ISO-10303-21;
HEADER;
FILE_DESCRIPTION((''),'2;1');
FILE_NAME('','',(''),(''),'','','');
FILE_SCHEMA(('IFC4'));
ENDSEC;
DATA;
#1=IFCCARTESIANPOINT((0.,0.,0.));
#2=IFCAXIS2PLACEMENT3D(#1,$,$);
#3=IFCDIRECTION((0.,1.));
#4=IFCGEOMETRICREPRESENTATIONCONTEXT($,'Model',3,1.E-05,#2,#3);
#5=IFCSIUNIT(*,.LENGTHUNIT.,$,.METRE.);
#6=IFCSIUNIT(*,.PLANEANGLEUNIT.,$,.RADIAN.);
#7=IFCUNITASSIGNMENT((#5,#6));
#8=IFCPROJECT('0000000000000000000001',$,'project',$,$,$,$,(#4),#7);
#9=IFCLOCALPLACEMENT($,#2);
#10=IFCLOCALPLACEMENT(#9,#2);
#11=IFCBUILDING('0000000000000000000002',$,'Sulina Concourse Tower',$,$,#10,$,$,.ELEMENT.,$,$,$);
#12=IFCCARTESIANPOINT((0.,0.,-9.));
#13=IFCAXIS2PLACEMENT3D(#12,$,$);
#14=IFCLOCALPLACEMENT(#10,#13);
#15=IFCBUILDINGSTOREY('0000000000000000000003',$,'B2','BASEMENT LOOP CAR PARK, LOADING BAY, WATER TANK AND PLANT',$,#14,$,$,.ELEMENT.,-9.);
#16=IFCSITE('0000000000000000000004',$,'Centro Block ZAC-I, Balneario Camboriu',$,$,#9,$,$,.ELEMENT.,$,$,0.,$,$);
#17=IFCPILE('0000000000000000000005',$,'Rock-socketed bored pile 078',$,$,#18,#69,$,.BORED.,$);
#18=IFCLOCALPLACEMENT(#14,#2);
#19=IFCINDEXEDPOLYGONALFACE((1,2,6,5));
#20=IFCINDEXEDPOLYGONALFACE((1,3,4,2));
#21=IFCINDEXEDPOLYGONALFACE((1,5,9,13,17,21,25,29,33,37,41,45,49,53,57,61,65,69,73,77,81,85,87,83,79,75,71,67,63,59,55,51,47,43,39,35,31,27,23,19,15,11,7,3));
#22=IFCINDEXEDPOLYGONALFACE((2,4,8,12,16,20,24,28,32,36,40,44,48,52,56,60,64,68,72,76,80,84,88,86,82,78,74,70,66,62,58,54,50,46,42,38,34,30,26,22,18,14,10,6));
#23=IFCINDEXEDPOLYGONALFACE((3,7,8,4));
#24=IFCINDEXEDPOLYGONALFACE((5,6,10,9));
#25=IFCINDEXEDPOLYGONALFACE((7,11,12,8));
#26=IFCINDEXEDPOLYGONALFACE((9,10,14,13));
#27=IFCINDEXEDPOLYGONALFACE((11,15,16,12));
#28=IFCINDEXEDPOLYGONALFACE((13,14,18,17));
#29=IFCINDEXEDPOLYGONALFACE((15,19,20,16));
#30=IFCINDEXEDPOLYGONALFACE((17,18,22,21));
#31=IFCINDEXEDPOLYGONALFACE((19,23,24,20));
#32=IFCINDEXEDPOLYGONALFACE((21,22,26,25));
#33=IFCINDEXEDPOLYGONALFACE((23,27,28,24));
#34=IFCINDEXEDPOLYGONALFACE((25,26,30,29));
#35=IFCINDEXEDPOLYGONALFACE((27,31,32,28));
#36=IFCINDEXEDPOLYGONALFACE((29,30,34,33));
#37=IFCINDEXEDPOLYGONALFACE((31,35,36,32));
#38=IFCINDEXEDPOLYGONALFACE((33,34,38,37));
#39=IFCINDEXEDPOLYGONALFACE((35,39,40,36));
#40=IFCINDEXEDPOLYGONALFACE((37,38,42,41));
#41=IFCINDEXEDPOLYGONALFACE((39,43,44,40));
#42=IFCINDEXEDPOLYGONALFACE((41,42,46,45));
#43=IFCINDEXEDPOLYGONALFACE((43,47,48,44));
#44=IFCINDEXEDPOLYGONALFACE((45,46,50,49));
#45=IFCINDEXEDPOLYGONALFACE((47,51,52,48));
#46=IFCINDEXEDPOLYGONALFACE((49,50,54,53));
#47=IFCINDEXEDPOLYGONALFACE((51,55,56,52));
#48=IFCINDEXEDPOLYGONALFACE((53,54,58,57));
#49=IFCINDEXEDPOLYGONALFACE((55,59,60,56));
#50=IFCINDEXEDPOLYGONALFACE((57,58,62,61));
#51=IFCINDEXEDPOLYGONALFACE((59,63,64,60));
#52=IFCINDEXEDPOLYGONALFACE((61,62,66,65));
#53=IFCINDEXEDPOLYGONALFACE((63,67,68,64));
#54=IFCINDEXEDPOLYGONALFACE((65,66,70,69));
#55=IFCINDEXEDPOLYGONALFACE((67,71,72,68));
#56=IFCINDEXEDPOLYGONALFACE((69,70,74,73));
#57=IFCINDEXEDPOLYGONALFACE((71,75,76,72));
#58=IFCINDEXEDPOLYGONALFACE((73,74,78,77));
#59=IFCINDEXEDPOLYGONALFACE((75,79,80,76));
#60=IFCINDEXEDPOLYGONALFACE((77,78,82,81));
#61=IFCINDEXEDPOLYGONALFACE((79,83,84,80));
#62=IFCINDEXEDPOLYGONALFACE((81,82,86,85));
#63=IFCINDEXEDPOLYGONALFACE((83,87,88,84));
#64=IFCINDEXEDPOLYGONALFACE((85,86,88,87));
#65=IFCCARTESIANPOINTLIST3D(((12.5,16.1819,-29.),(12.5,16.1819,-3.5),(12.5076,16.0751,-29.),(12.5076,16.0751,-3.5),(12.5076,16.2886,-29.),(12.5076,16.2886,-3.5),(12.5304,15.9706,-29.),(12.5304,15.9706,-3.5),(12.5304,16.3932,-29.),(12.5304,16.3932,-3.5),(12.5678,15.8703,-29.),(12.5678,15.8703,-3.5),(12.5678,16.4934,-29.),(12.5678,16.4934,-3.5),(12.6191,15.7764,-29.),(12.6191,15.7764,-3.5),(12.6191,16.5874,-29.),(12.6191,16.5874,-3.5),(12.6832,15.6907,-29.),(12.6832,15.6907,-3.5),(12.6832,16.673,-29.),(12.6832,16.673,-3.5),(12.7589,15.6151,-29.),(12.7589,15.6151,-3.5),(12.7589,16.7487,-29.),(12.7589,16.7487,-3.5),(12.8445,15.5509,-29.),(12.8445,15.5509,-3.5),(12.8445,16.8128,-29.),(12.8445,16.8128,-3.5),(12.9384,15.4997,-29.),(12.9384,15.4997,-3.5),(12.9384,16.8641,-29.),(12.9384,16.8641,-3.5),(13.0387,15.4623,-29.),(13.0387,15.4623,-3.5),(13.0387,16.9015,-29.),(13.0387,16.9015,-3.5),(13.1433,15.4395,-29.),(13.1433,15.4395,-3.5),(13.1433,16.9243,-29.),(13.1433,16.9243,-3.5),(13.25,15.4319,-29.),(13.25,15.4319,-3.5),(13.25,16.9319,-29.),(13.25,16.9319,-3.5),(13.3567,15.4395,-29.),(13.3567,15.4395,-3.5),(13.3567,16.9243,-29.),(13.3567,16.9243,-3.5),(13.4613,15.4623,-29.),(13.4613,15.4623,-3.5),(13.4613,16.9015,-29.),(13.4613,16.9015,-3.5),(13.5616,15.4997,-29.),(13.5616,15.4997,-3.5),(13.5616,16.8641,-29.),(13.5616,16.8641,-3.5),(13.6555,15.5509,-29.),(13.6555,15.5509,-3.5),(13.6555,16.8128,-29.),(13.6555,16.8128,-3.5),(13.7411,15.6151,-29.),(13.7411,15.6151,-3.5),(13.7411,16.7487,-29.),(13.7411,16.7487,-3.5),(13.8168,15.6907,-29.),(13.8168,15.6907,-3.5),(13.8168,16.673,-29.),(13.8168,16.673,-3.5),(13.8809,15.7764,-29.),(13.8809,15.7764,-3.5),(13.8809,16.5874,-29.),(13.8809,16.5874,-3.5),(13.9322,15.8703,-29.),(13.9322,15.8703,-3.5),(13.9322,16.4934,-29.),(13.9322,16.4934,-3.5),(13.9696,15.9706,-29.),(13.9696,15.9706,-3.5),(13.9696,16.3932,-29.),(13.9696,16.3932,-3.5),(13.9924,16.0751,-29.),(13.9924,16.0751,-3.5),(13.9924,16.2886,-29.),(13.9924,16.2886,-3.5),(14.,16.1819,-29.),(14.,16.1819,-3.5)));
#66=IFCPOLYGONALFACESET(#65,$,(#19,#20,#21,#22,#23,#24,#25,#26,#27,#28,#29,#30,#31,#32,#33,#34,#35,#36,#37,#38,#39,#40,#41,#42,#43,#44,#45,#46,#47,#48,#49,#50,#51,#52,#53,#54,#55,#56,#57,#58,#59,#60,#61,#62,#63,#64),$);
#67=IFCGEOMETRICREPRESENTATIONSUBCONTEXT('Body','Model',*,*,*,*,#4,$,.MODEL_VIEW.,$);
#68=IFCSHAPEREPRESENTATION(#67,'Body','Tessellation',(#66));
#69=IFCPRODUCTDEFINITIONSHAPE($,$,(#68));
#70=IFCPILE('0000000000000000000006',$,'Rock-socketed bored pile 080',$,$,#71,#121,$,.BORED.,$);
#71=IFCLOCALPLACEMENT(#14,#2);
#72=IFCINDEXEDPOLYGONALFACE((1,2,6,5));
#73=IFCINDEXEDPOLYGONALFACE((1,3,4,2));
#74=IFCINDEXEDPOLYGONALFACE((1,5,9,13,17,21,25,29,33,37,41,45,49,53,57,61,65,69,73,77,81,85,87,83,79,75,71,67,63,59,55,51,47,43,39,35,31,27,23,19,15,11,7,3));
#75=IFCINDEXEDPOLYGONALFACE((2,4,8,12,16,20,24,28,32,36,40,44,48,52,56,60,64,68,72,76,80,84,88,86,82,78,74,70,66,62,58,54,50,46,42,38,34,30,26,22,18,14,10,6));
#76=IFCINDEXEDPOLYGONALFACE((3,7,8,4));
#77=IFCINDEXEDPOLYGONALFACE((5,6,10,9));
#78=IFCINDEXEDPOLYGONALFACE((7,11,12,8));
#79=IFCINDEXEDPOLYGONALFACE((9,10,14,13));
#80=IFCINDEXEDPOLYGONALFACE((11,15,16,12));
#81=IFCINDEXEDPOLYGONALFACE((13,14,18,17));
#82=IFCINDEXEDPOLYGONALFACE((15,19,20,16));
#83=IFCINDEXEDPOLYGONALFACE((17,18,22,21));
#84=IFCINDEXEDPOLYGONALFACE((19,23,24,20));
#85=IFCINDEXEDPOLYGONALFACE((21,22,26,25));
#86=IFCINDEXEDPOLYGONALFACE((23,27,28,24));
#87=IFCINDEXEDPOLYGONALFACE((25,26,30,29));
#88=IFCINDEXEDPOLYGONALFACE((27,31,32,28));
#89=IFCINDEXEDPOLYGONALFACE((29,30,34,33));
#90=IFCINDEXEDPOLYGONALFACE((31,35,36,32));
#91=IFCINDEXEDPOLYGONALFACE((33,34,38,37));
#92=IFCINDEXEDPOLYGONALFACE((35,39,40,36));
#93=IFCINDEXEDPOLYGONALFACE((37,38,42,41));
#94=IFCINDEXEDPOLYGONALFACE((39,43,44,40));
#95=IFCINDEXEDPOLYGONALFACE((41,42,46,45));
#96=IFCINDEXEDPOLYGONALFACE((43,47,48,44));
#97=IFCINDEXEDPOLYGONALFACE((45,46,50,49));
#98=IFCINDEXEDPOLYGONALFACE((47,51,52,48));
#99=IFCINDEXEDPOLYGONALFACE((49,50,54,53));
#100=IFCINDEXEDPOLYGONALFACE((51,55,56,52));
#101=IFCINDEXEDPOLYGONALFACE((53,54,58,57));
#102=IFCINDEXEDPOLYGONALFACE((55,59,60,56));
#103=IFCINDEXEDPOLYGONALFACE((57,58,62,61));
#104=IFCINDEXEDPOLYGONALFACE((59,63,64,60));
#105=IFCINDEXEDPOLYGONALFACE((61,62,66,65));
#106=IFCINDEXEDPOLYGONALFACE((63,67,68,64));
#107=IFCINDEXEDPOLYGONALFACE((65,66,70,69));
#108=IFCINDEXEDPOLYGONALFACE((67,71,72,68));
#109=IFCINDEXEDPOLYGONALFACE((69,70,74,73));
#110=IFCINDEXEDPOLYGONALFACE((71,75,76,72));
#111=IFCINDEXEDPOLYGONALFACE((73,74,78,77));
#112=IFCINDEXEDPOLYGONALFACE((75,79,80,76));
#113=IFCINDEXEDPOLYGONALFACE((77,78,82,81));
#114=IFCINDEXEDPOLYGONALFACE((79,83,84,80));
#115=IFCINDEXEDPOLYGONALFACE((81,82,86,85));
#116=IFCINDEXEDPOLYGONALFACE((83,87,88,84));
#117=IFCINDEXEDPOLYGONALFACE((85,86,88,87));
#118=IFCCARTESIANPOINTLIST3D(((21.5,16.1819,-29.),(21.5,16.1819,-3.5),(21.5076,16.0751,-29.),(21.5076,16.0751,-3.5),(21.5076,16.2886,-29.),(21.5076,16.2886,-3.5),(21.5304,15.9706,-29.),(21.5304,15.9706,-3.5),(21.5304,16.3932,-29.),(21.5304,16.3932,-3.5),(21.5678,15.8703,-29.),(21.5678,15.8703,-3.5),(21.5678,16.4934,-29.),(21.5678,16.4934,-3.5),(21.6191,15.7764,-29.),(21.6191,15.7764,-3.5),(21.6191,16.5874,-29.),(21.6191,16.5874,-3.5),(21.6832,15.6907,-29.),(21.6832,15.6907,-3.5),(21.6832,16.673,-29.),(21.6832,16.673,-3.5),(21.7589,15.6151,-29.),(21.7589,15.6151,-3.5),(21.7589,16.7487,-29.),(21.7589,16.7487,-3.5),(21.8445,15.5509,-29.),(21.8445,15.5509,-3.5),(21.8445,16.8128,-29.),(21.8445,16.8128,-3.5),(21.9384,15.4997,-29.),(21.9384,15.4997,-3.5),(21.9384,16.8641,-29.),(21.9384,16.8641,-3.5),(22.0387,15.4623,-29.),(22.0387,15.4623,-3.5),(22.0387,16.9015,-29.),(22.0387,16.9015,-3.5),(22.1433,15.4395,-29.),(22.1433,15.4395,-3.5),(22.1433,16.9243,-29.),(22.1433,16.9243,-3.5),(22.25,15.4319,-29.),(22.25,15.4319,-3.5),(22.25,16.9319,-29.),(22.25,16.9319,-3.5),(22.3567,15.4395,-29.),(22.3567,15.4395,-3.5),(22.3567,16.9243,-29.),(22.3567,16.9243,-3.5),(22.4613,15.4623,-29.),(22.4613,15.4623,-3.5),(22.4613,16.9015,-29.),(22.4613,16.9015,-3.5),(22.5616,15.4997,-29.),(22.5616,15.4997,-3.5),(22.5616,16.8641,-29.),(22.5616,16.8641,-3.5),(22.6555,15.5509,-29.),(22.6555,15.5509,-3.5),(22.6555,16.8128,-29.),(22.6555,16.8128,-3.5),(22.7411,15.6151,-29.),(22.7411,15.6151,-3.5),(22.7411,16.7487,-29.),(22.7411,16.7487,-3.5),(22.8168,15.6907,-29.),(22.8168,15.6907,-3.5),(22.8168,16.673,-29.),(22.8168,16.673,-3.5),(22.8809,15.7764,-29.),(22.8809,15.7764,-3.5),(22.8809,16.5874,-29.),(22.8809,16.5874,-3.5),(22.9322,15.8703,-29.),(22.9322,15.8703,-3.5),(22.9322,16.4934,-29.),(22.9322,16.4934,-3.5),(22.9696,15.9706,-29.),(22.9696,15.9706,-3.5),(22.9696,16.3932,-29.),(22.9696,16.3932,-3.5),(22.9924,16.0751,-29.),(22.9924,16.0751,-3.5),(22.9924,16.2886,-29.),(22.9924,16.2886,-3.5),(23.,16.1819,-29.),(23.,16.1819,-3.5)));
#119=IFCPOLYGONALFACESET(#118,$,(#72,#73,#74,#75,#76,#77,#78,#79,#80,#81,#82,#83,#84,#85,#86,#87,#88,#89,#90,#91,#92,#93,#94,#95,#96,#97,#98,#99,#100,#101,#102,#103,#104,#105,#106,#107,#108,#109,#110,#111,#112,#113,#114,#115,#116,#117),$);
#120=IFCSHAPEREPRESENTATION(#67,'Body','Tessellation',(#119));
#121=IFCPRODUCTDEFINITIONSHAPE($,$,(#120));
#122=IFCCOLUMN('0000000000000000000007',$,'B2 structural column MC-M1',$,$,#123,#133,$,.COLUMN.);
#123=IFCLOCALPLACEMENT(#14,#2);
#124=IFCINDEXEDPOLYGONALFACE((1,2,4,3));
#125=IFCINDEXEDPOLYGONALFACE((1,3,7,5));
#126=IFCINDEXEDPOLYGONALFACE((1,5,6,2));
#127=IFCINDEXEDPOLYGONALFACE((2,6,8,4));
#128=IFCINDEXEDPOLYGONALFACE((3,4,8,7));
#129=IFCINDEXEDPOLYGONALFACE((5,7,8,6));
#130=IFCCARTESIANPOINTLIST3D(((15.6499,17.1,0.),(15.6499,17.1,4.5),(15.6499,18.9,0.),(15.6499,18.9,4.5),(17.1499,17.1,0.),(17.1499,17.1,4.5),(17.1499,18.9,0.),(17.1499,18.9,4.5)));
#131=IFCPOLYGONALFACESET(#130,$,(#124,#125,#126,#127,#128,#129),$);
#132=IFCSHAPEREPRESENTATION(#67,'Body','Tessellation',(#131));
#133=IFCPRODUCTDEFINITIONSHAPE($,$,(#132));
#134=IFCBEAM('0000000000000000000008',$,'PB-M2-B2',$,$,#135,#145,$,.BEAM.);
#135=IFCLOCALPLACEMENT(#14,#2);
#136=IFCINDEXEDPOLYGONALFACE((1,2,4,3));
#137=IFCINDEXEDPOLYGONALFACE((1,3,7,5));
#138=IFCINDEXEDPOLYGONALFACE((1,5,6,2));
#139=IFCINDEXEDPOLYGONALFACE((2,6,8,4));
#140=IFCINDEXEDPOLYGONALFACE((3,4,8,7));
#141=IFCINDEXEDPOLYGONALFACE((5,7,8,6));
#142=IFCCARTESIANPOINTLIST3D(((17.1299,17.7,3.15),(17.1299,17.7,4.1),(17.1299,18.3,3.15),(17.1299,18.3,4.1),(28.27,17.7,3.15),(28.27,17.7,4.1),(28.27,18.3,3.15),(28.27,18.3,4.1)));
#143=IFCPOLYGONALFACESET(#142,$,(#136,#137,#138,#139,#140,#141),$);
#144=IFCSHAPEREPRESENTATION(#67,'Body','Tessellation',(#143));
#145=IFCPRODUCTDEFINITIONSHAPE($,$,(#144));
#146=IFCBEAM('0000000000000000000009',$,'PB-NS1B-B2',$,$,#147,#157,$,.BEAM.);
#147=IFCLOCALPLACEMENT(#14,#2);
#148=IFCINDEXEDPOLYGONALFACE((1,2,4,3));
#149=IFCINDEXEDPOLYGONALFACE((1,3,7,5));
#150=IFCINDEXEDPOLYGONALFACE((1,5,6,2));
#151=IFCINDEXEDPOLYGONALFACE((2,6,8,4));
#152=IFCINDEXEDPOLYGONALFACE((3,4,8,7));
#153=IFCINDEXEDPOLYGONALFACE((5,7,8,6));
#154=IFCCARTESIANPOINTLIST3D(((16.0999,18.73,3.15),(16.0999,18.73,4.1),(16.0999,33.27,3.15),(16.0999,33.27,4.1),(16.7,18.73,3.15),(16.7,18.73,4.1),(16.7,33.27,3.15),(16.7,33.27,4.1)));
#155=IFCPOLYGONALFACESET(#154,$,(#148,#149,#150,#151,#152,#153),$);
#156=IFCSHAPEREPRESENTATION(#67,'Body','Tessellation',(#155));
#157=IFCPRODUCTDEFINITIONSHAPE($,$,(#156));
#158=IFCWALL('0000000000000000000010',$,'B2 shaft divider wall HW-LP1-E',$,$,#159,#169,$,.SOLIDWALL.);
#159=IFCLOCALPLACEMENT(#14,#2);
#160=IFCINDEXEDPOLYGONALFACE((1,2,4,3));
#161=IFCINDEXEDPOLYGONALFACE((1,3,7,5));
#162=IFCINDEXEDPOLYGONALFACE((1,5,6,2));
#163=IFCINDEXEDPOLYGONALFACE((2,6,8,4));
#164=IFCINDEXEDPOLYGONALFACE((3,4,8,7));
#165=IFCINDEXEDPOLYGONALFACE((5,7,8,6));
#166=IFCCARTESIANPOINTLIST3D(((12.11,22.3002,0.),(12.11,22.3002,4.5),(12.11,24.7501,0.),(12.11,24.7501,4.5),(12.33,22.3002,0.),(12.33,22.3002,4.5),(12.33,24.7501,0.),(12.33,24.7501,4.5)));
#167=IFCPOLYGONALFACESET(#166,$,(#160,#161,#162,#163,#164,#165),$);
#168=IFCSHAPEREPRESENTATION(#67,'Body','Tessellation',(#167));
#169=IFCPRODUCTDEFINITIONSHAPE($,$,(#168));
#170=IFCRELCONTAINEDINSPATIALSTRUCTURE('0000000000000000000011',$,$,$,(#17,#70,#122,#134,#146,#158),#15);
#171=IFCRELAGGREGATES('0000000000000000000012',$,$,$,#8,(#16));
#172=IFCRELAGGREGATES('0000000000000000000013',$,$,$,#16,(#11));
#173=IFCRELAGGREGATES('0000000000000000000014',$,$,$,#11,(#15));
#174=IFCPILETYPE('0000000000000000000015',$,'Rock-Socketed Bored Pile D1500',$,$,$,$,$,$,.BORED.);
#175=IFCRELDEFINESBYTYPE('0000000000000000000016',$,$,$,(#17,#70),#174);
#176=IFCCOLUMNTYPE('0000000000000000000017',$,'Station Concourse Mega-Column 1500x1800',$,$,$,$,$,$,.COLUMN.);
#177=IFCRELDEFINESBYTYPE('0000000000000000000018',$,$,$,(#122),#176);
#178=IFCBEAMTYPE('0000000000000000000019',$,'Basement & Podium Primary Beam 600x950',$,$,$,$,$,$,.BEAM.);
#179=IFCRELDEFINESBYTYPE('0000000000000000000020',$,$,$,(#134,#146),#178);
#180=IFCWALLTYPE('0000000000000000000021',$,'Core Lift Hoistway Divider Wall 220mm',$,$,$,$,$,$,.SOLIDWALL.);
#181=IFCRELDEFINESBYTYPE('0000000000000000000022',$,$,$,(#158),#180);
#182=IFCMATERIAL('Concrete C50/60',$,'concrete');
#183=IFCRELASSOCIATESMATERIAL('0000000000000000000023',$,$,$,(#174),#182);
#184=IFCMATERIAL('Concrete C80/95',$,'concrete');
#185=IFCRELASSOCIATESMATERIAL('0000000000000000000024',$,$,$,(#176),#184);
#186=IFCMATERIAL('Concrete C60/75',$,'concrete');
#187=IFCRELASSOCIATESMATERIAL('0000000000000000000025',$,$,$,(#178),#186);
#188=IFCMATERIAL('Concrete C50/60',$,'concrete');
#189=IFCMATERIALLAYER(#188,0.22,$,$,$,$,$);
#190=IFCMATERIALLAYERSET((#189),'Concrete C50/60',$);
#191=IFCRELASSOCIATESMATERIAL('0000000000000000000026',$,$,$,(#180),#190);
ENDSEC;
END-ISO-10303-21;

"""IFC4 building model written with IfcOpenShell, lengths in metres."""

from ifc_helpers import new_model, si_unit, direction, frame, frame_2d, origin, origin_2d, place, context, subcontext, project, spatial, rectangle, circle, extrude, material, layer, layer_set, material_profile, profile_set, type_object, element, save


model = new_model("IFC4")

# Units and contexts
model_context = context("Model", 3, precision=1e-05, world=origin(), true_north=direction((0.0, 1.0)))
body_context = subcontext(model_context, "Body", "Model", "MODEL_VIEW")
ifc_project = project(units=[si_unit("LENGTHUNIT", "METRE"), si_unit("PLANEANGLEUNIT", "RADIAN")], contexts=[model_context])

# Site, building, storey
site_placement = place(None, origin())
site = spatial("IfcSite", under=ifc_project, at=site_placement, Name="Centro Block ZAC-I, Balneario Camboriu", CompositionType="ELEMENT", RefElevation=0.0)
building_placement = place(site_placement, origin())
building = spatial("IfcBuilding", under=site, at=building_placement, Name="Sulina Concourse Tower", CompositionType="ELEMENT")
storey_placement = place(building_placement, frame((0.0, 0.0, -9.0)))
storey = spatial("IfcBuildingStorey", under=building, at=storey_placement, Name="B2", Description="BASEMENT LOOP CAR PARK, LOADING BAY, WATER TANK AND PLANT", CompositionType="ELEMENT", Elevation=-9.0)

# Piles
ifc_material_1 = material(Name="Concrete C50/60", Category="concrete")
ifc_material_profile_1 = material_profile(ifc_material_1, circle(Radius=0.75, at=origin_2d()), Name="PILE D1500")
ifc_profile_set_1 = profile_set([ifc_material_profile_1], Name="Concrete C50/60")
pile_type_1 = type_object("IfcPileType", Name="Rock-Socketed Bored Pile D1500", PredefinedType="BORED", material=ifc_profile_set_1)
for number, where, z_axis, x_axis, name in (
    (1, (13.25, 16.1819, -3.5), (0.0, 0.0, -1.0), (1.0, 0.0, 0.0), "Rock-socketed bored pile 078"),
    (2, (22.25, 16.1819, -3.5), (0.0, 0.0, -1.0), (1.0, 0.0, 0.0), "Rock-socketed bored pile 080"),
):
    element("IfcPile", number, at=place(storey_placement, frame(where, z_axis=z_axis, x_axis=x_axis)), inside=storey, type_object=pile_type_1, Name=name, PredefinedType="BORED", context=body_context, shape_type="SweptSolid", body=[
        extrude(circle(Radius=0.75, at=origin_2d()), origin(), (0.0, 0.0, 1.0), 25.5),
    ])

# Column
ifc_material_2 = material(Name="Concrete C80/95", Category="concrete")
ifc_material_profile_2 = material_profile(ifc_material_2, rectangle(XDim=1.5, YDim=1.8, at=origin_2d()), Name="RC 1500x1800")
ifc_profile_set_2 = profile_set([ifc_material_profile_2], Name="Concrete C80/95")
column_type = type_object("IfcColumnType", Name="Station Concourse Mega-Column 1500x1800", PredefinedType="COLUMN", material=ifc_profile_set_2)
column_placement = place(storey_placement, frame((16.3999, 18.0, 0.0), z_axis=(0.0, 0.0, 1.0), x_axis=(1.0, 0.0, 0.0)))
element("IfcColumn", 3, at=column_placement, inside=storey, type_object=column_type, Name="B2 structural column MC-M1", PredefinedType="COLUMN", context=body_context, shape_type="SweptSolid", body=[
    extrude(rectangle(XDim=1.5, YDim=1.8, at=origin_2d()), origin(), (0.0, 0.0, 1.0), 4.5),
])

# Beams
ifc_material_3 = material(Name="Concrete C60/75", Category="concrete")
ifc_material_profile_3 = material_profile(ifc_material_3, rectangle(XDim=0.6001, YDim=0.95, at=origin_2d()), Name="RC 600x950")
ifc_profile_set_3 = profile_set([ifc_material_profile_3], Name="Concrete C60/75")
beam_type = type_object("IfcBeamType", Name="Basement & Podium Primary Beam 600x950", PredefinedType="BEAM", material=ifc_profile_set_3)
beam_1_placement = place(storey_placement, frame((17.1299, 18.0, 3.625), z_axis=(1.0, 0.0, 0.0), x_axis=(0.0, 1.0, 0.0)))
element("IfcBeam", 4, at=beam_1_placement, inside=storey, type_object=beam_type, Name="PB-M2-B2", PredefinedType="BEAM", context=body_context, shape_type="SweptSolid", body=[
    extrude(rectangle(XDim=0.6001, YDim=0.95, at=origin_2d()), origin(), (0.0, 0.0, 1.0), 11.1401),
])
beam_2_placement = place(storey_placement, frame((16.3999, 18.73, 3.625), z_axis=(0.0, 1.0, 0.0), x_axis=(-1.0, 0.0, 0.0)))
element("IfcBeam", 5, at=beam_2_placement, inside=storey, type_object=beam_type, Name="PB-NS1B-B2", PredefinedType="BEAM", context=body_context, shape_type="SweptSolid", body=[
    extrude(rectangle(XDim=0.6001, YDim=0.95, at=origin_2d()), origin(), (0.0, 0.0, 1.0), 14.54),
])

# Wall
ifc_material_4 = material(Name="Concrete C50/60", Category="concrete")
ifc_layer_1 = layer(ifc_material_4, 0.22)
ifc_layer_set_1 = layer_set([ifc_layer_1], Name="Concrete C50/60")
wall_type_1 = type_object("IfcWallType", Name="Core Lift Hoistway Divider Wall 220mm", PredefinedType="SOLIDWALL", material=ifc_layer_set_1)
wall_1_placement = place(storey_placement, frame((12.22, 22.3, 0.0), z_axis=(0.0, 0.0, 1.0), x_axis=(0.0, 1.0, 0.0)))
element("IfcWall", 6, at=wall_1_placement, inside=storey, type_object=wall_type_1, Name="B2 shaft divider wall HW-LP1-E", PredefinedType="SOLIDWALL", context=body_context, shape_type="SweptSolid", body=[
    extrude(rectangle(XDim=2.45, YDim=0.22, at=frame_2d((1.2251, 0.0))), origin(), (0.0, 0.0, 1.0), 4.5),
])

save(model, "model.ifc")
